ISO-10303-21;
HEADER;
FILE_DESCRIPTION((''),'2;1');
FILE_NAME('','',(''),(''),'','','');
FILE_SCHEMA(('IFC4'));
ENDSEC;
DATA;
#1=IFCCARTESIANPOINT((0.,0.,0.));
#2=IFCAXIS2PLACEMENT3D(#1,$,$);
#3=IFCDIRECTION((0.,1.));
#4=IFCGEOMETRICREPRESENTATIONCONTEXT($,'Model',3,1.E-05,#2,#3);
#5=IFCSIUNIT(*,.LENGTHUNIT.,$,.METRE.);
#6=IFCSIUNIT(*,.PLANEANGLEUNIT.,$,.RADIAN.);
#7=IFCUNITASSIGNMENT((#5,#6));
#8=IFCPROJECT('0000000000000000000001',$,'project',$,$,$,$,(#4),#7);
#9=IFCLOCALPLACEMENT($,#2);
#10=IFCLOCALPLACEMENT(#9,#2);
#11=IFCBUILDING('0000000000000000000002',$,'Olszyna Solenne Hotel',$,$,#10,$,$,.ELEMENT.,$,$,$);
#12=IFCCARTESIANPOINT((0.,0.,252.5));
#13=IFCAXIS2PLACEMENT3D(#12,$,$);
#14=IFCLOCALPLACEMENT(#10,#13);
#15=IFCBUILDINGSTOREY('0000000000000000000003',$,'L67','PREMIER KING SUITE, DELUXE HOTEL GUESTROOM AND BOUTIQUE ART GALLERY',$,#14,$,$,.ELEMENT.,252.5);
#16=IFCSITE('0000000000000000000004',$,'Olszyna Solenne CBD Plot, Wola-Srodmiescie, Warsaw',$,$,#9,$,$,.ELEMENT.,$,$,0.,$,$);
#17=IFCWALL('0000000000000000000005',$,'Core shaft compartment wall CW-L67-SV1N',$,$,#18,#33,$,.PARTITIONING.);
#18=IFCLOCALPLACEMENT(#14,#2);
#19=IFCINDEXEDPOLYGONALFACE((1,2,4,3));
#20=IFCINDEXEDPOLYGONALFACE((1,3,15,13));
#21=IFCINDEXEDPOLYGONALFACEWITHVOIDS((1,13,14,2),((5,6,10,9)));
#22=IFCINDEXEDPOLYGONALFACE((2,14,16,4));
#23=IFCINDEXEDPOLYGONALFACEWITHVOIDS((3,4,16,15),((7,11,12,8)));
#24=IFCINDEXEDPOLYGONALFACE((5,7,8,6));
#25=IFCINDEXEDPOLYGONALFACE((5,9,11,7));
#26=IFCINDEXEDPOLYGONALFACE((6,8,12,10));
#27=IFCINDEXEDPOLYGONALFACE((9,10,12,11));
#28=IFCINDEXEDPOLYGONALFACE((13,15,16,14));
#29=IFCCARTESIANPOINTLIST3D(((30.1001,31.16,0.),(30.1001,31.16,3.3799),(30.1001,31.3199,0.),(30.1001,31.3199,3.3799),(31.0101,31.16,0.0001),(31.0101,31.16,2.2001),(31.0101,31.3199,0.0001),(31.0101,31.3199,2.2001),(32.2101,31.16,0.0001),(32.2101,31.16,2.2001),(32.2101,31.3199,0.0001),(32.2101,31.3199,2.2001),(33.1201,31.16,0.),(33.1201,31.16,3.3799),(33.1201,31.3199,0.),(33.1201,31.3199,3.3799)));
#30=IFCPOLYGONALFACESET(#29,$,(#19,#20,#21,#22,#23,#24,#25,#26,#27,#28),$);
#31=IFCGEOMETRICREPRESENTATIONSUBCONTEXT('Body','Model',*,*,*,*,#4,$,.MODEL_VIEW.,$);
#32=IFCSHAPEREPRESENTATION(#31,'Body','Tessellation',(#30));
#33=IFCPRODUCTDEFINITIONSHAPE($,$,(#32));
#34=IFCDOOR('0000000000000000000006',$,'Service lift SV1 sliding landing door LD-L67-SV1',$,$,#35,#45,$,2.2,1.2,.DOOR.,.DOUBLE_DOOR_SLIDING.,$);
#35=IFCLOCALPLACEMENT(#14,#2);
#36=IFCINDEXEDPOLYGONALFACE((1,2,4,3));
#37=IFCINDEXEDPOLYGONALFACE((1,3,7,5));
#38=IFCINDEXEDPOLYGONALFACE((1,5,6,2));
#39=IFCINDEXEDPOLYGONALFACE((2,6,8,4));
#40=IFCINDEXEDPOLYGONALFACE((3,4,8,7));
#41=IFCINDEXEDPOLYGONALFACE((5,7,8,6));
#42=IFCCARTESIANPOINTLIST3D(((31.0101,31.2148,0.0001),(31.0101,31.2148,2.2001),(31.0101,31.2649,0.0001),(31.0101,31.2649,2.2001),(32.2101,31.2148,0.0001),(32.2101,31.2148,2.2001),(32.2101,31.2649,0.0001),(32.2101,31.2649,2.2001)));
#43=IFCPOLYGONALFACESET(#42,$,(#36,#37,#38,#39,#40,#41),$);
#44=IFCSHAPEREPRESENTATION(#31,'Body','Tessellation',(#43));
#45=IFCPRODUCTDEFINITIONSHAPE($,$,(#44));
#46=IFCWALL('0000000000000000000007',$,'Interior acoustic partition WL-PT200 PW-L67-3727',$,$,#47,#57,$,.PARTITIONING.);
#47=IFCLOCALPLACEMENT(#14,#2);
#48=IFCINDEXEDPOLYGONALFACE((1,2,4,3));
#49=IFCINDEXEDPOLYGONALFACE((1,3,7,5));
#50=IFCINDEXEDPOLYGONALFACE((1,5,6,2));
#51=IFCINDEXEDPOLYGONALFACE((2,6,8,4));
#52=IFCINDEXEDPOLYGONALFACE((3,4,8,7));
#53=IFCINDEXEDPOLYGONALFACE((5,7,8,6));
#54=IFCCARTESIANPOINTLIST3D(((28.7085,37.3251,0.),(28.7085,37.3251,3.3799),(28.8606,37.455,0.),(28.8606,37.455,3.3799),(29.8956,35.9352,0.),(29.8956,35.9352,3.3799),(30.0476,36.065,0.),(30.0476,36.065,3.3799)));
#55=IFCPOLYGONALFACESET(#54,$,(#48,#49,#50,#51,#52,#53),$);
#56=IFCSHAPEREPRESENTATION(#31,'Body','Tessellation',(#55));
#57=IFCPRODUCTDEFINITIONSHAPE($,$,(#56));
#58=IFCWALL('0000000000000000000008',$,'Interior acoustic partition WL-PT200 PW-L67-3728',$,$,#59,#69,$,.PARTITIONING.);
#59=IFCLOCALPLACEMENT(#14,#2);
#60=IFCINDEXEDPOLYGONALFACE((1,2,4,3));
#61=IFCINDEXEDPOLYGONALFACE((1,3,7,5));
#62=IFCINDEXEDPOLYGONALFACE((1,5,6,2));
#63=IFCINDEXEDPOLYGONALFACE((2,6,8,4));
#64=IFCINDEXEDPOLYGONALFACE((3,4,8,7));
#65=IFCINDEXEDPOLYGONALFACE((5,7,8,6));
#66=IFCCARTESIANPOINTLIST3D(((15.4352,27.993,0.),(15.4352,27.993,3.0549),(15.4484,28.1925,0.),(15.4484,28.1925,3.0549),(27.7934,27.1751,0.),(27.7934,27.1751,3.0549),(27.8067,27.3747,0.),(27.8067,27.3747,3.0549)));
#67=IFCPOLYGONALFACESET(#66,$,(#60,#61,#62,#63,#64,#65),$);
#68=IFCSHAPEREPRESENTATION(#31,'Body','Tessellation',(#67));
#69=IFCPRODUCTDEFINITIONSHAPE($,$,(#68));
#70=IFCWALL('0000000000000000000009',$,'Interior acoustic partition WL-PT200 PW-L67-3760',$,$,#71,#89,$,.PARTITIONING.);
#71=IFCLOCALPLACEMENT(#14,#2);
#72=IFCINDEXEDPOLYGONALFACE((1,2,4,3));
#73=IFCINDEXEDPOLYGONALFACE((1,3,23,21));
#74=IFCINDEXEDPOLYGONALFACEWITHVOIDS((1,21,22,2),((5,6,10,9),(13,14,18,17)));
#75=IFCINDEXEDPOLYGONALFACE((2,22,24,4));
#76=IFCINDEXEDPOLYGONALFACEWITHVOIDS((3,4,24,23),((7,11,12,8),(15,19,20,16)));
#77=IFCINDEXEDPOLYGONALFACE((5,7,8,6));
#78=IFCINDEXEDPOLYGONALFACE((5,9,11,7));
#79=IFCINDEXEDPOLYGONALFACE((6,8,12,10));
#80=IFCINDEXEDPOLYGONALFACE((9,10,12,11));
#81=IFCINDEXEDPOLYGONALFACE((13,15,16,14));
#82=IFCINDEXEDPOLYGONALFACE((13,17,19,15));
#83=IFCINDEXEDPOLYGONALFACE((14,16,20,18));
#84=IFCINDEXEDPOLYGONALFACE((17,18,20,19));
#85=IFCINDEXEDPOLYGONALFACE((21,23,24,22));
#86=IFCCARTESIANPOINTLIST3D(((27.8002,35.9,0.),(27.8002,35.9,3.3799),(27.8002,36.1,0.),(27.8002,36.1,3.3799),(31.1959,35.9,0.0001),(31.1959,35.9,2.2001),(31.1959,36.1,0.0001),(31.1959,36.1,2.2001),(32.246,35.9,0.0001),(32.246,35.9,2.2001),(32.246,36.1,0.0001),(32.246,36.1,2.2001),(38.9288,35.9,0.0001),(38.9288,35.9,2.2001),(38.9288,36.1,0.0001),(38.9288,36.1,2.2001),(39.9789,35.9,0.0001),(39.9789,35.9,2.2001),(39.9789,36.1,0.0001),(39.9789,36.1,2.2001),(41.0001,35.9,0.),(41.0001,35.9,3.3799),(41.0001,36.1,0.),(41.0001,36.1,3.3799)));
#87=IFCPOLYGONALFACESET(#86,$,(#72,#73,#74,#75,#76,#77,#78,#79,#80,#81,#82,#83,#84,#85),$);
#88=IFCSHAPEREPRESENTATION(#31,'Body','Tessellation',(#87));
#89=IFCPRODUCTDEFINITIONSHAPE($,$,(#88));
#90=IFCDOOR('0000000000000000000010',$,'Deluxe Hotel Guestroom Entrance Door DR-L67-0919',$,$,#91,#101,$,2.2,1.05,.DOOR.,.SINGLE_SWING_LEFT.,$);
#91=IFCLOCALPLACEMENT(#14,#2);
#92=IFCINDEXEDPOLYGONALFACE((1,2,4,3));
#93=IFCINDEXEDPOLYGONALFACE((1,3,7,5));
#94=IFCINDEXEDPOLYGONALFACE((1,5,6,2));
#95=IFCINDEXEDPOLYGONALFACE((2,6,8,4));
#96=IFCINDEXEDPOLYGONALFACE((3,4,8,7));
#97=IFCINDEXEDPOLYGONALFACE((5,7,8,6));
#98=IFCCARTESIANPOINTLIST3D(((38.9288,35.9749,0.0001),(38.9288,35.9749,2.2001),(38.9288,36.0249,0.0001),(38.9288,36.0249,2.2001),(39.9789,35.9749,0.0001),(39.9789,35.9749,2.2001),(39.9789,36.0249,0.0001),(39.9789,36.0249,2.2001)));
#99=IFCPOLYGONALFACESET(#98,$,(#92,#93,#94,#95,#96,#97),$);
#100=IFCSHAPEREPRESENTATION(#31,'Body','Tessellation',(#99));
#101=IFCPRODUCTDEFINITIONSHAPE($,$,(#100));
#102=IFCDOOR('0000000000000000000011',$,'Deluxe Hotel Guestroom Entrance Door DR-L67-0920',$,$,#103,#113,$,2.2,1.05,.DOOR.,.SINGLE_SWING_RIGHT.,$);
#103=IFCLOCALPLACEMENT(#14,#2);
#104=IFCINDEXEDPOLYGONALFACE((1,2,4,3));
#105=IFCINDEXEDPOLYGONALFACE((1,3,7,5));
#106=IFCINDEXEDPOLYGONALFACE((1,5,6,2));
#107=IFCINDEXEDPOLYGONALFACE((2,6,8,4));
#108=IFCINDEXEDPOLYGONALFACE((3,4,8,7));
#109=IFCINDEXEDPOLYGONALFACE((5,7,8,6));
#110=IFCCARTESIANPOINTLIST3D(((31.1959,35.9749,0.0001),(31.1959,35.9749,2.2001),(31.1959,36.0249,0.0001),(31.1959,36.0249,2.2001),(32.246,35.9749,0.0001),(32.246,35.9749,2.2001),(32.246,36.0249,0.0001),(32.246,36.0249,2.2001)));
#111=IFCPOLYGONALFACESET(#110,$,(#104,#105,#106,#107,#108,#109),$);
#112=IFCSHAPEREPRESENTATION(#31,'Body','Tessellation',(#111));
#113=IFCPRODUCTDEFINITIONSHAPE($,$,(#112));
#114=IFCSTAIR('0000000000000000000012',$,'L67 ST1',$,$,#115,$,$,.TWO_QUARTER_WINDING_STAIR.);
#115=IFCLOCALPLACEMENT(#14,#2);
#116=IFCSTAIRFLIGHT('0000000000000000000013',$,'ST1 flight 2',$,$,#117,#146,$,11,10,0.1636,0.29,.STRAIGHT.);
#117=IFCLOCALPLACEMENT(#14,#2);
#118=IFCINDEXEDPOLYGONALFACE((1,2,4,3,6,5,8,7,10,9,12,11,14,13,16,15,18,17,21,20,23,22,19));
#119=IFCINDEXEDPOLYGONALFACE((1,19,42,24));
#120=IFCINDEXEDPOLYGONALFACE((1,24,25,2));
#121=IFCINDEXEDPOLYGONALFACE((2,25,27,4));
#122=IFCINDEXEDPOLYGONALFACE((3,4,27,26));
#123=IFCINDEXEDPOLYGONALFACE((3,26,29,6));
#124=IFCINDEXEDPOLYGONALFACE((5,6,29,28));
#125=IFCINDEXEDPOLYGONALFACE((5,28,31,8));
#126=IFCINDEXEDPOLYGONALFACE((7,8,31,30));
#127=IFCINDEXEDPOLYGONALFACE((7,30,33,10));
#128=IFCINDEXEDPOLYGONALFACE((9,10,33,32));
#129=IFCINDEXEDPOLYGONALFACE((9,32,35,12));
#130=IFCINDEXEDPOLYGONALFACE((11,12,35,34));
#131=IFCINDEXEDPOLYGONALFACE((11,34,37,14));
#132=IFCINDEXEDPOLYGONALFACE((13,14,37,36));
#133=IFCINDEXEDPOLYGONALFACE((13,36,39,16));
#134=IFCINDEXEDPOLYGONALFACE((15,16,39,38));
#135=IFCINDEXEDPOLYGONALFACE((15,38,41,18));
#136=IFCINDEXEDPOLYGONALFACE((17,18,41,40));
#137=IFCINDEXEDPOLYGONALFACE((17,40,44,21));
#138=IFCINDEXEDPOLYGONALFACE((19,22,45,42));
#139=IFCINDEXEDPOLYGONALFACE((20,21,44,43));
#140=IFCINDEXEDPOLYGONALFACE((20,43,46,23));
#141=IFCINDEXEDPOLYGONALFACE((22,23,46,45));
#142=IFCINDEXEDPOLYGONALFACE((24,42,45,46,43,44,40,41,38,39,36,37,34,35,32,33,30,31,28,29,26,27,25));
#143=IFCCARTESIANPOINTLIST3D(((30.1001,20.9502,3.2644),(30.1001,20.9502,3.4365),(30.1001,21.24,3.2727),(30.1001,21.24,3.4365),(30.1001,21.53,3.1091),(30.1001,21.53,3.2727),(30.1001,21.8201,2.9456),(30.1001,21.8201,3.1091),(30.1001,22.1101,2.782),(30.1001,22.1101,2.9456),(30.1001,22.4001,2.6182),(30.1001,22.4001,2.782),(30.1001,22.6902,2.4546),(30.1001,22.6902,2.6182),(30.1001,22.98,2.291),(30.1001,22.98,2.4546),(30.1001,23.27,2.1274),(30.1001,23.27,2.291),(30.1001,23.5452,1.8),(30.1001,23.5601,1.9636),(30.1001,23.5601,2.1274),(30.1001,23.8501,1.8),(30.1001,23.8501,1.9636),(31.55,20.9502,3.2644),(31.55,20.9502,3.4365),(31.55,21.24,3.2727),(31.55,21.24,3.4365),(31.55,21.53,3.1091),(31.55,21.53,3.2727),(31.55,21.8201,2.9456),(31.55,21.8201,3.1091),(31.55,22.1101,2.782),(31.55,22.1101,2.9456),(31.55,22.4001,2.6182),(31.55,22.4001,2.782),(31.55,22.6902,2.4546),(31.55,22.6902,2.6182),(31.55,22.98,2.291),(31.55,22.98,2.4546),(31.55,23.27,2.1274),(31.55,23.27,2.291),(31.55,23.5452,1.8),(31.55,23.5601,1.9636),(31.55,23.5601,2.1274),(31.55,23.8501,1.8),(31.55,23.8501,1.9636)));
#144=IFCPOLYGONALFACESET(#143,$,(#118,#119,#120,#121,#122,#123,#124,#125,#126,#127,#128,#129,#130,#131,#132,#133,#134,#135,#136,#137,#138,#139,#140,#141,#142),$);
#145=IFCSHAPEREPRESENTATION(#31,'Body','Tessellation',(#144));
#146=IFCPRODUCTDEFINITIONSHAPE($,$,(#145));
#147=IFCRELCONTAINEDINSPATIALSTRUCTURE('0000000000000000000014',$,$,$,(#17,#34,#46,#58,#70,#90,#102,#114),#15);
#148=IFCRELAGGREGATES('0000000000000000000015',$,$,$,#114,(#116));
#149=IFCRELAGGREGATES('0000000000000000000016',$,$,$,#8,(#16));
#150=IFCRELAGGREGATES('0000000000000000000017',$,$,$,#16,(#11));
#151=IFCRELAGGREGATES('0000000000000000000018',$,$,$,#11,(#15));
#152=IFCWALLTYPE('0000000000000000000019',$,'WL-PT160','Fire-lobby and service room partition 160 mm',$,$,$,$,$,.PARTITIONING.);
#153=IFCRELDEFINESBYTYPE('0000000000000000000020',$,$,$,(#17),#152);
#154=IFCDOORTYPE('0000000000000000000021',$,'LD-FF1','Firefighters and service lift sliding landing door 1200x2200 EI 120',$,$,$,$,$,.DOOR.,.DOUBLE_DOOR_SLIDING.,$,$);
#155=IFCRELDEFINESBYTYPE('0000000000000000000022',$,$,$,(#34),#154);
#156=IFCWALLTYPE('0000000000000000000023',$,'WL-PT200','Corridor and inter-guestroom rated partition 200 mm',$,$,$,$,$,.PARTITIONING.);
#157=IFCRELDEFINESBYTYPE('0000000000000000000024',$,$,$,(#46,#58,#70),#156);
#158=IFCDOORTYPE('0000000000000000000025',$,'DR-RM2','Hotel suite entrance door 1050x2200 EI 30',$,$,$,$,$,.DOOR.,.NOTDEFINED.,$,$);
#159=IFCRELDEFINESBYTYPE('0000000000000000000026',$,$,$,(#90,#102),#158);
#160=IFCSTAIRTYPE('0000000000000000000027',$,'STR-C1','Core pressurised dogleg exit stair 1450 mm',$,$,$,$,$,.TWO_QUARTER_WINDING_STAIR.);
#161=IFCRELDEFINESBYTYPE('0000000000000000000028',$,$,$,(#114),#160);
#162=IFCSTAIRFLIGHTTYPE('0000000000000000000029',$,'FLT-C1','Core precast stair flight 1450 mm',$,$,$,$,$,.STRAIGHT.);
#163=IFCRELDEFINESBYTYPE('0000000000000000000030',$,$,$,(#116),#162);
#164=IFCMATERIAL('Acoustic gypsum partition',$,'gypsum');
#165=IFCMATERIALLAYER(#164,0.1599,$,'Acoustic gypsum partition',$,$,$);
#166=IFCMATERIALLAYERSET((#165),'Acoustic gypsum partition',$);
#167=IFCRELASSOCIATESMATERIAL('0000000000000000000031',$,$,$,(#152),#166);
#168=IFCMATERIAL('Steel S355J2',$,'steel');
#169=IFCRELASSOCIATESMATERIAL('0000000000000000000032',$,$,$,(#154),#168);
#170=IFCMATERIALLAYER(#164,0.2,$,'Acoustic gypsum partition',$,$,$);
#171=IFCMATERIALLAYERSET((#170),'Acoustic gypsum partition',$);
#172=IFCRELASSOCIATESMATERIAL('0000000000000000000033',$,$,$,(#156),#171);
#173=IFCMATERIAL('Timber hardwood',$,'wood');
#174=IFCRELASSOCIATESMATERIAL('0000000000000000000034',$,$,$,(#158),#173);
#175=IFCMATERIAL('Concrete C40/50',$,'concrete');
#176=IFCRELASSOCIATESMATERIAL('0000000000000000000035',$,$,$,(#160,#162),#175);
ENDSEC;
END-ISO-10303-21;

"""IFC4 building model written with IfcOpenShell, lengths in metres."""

from ifc_helpers import new_model, si_unit, direction, frame, frame_2d, origin, place, context, subcontext, project, spatial, polyline, rectangle, outline, extrude, source, transform, mapped, material, layer, layer_set, type_object, type_shapes, element, fill, aggregate, save


model = new_model("IFC4")

# Units and contexts
model_context = context("Model", 3, precision=1e-05, world=origin(), true_north=direction((0.0, 1.0)))
body_context = subcontext(model_context, "Body", "Model", "MODEL_VIEW")
ifc_project = project(units=[si_unit("LENGTHUNIT", "METRE"), si_unit("PLANEANGLEUNIT", "RADIAN")], contexts=[model_context])

# Site, building, storey
site_placement = place(None, origin())
site = spatial("IfcSite", under=ifc_project, at=site_placement, Name="Olszyna Solenne CBD Plot, Wola-Srodmiescie, Warsaw", CompositionType="ELEMENT", RefElevation=0.0)
building_placement = place(site_placement, origin())
building = spatial("IfcBuilding", under=site, at=building_placement, Name="Olszyna Solenne Hotel", CompositionType="ELEMENT")
storey_placement = place(building_placement, frame((0.0, 0.0, 252.5)))
storey = spatial("IfcBuildingStorey", under=building, at=storey_placement, Name="L67", Description="PREMIER KING SUITE, DELUXE HOTEL GUESTROOM AND BOUTIQUE ART GALLERY", CompositionType="ELEMENT", Elevation=252.5)

# Shared definitions
ifc_material_1 = material(Name="Steel S355J2", Category="steel")

# Shared definitions
ifc_material_2 = material(Name="Acoustic gypsum partition", Category="gypsum")
ifc_layer_1 = layer(ifc_material_2, 0.1599, Name="Acoustic gypsum partition")
ifc_layer_set_1 = layer_set([ifc_layer_1], Name="Acoustic gypsum partition")
wall_type_1 = type_object("IfcWallType", Name="WL-PT160", Description="Fire-lobby and service room partition 160 mm", PredefinedType="PARTITIONING", material=ifc_layer_set_1)

# Wall, opening, door
wall_1_placement = place(storey_placement, frame((30.1001, 31.24, 0.0), z_axis=(0.0, 0.0, 1.0), x_axis=(1.0, 0.0, 0.0)))
wall_1 = element("IfcWall", 1, at=wall_1_placement, inside=storey, type_object=wall_type_1, Name="Core shaft compartment wall CW-L67-SV1N", PredefinedType="PARTITIONING", context=body_context, shape_type="SweptSolid", body=[
    extrude(rectangle(XDim=3.02, YDim=0.1599, at=frame_2d((1.51, 0.0))), origin(), (0.0, 0.0, 1.0), 3.3799),
])
opening_1_placement = place(wall_1_placement, frame((0.9099, 0.0, 0.0)))
opening_1 = element("IfcOpeningElement", 2, at=opening_1_placement, cuts=wall_1, PredefinedType="OPENING", context=body_context, shape_type="SweptSolid", body=[
    extrude(rectangle(XDim=1.2, YDim=2.2, at=frame_2d((0.6001, 1.1001))), frame((0.0, 0.0898, 0.0), z_axis=(0.0, -1.0, 0.0), x_axis=(1.0, 0.0, 0.0)), (0.0, 0.0, 1.0), 0.1799),
])
door_type_1 = type_object("IfcDoorType", Name="LD-FF1", Description="Firefighters and service lift sliding landing door 1200x2200 EI 120", OperationType="DOUBLE_DOOR_SLIDING", PredefinedType="DOOR", material=ifc_material_1)
shared_shape_1 = source(origin(), body_context, "Body", "SweptSolid", [
    extrude(rectangle(XDim=1.2, YDim=2.2, at=frame_2d((0.6001, 1.1001))), frame((0.0, 0.0249, 0.0), z_axis=(0.0, -1.0, 0.0), x_axis=(1.0, 0.0, 0.0)), (0.0, 0.0, 1.0), 0.05),
])
type_shapes(door_type_1, [shared_shape_1])
door_1_placement = place(opening_1_placement, origin())
door_1 = element("IfcDoor", 3, at=door_1_placement, inside=storey, type_object=door_type_1, Name="Service lift SV1 sliding landing door LD-L67-SV1", OperationType="DOUBLE_DOOR_SLIDING", OverallHeight=2.2, OverallWidth=1.2, PredefinedType="DOOR", context=body_context, shape_type="MappedRepresentation", body=[
    mapped(shared_shape_1, transform((0.0, 0.0, 0.0), x_axis=(1.0, 0.0, 0.0), y_axis=(0.0, 1.0, 0.0), z_axis=(0.0, 0.0, 1.0), scale=1.0)),
])
fill(opening_1, door_1)

# Walls
ifc_layer_2 = layer(ifc_material_2, 0.2, Name="Acoustic gypsum partition")
ifc_layer_set_2 = layer_set([ifc_layer_2], Name="Acoustic gypsum partition")
wall_type_2 = type_object("IfcWallType", Name="WL-PT200", Description="Corridor and inter-guestroom rated partition 200 mm", PredefinedType="PARTITIONING", material=ifc_layer_set_2)
wall_2_placement = place(storey_placement, frame((29.9717, 36.0, 0.0), z_axis=(0.0, 0.0, 1.0), x_axis=(-0.649426, 0.760425, 0.0)))
element("IfcWall", 4, at=wall_2_placement, inside=storey, type_object=wall_type_2, Name="Interior acoustic partition WL-PT200 PW-L67-3727", PredefinedType="PARTITIONING", context=body_context, shape_type="SweptSolid", body=[
    extrude(rectangle(XDim=1.8279, YDim=0.2, at=frame_2d((0.9141, 0.0))), origin(), (0.0, 0.0, 1.0), 3.3799),
])
wall_3_placement = place(storey_placement, frame((27.8, 27.2749, 0.0), z_axis=(0.0, 0.0, 1.0), x_axis=(-0.997817, 0.066036, 0.0)))
element("IfcWall", 5, at=wall_3_placement, inside=storey, type_object=wall_type_2, Name="Interior acoustic partition WL-PT200 PW-L67-3728", PredefinedType="PARTITIONING", context=body_context, shape_type="SweptSolid", body=[
    extrude(rectangle(XDim=12.3853, YDim=0.2, at=frame_2d((6.1926, 0.0))), origin(), (0.0, 0.0, 1.0), 3.0549),
])

# Wall, openings, doors
wall_4_placement = place(storey_placement, frame((27.8, 36.0, 0.0), z_axis=(0.0, 0.0, 1.0), x_axis=(1.0, 0.0, 0.0)))
wall_4 = element("IfcWall", 6, at=wall_4_placement, inside=storey, type_object=wall_type_2, Name="Interior acoustic partition WL-PT200 PW-L67-3760", PredefinedType="PARTITIONING", context=body_context, shape_type="SweptSolid", body=[
    extrude(rectangle(XDim=13.2, YDim=0.2, at=frame_2d((6.6001, 0.0))), origin(), (0.0, 0.0, 1.0), 3.3799),
])
opening_2_placement = place(wall_4_placement, frame((11.1289, 0.0, 0.0)))
opening_2 = element("IfcOpeningElement", 7, at=opening_2_placement, cuts=wall_4, PredefinedType="OPENING", context=body_context, shape_type="SweptSolid", body=[
    extrude(rectangle(XDim=1.05, YDim=2.2, at=frame_2d((0.5249, 1.1001))), frame((0.0, 0.1099, 0.0), z_axis=(0.0, -1.0, 0.0), x_axis=(1.0, 0.0, 0.0)), (0.0, 0.0, 1.0), 0.22),
])
opening_3_placement = place(wall_4_placement, frame((3.396, 0.0, 0.0)))
opening_3 = element("IfcOpeningElement", 8, at=opening_3_placement, cuts=wall_4, PredefinedType="OPENING", context=body_context, shape_type="SweptSolid", body=[
    extrude(rectangle(XDim=1.05, YDim=2.2, at=frame_2d((0.5249, 1.1001))), frame((0.0, 0.1099, 0.0), z_axis=(0.0, -1.0, 0.0), x_axis=(1.0, 0.0, 0.0)), (0.0, 0.0, 1.0), 0.22),
])
ifc_material_3 = material(Name="Timber hardwood", Category="wood")
door_type_2 = type_object("IfcDoorType", Name="DR-RM2", Description="Hotel suite entrance door 1050x2200 EI 30", OperationType="NOTDEFINED", PredefinedType="DOOR", material=ifc_material_3)
shared_shape_2 = source(origin(), body_context, "Body", "SweptSolid", [
    extrude(rectangle(XDim=1.05, YDim=2.2, at=frame_2d((0.5249, 1.1001))), frame((0.0, 0.0249, 0.0), z_axis=(0.0, -1.0, 0.0), x_axis=(1.0, 0.0, 0.0)), (0.0, 0.0, 1.0), 0.05),
])
type_shapes(door_type_2, [shared_shape_2])
door_2_placement = place(opening_2_placement, origin())
door_2 = element("IfcDoor", 9, at=door_2_placement, inside=storey, type_object=door_type_2, Name="Deluxe Hotel Guestroom Entrance Door DR-L67-0919", OperationType="SINGLE_SWING_LEFT", OverallHeight=2.2, OverallWidth=1.05, PredefinedType="DOOR", context=body_context, shape_type="MappedRepresentation", body=[
    mapped(shared_shape_2, transform((0.0, 0.0, 0.0), x_axis=(1.0, 0.0, 0.0), y_axis=(0.0, 1.0, 0.0), z_axis=(0.0, 0.0, 1.0), scale=1.0)),
])
fill(opening_2, door_2)
door_3_placement = place(opening_3_placement, origin())
door_3 = element("IfcDoor", 10, at=door_3_placement, inside=storey, type_object=door_type_2, Name="Deluxe Hotel Guestroom Entrance Door DR-L67-0920", OperationType="SINGLE_SWING_RIGHT", OverallHeight=2.2, OverallWidth=1.05, PredefinedType="DOOR", context=body_context, shape_type="MappedRepresentation", body=[
    mapped(shared_shape_2, transform((0.0, 0.0, 0.0), x_axis=(1.0, 0.0, 0.0), y_axis=(0.0, 1.0, 0.0), z_axis=(0.0, 0.0, 1.0), scale=1.0)),
])
fill(opening_3, door_3)

# Stair, stair flight
ifc_material_4 = material(Name="Concrete C40/50", Category="concrete")
stair_type = type_object("IfcStairType", Name="STR-C1", Description="Core pressurised dogleg exit stair 1450 mm", PredefinedType="TWO_QUARTER_WINDING_STAIR", material=ifc_material_4)
stair_placement = place(storey_placement, origin())
stair = element("IfcStair", 11, at=stair_placement, inside=storey, type_object=stair_type, Name="L67 ST1", PredefinedType="TWO_QUARTER_WINDING_STAIR")
stair_flight_type = type_object("IfcStairFlightType", Name="FLT-C1", Description="Core precast stair flight 1450 mm", PredefinedType="STRAIGHT", material=ifc_material_4)
stair_flight_placement = place(storey_placement, frame((30.825, 23.8501, 1.8), z_axis=(0.0, 0.0, 1.0), x_axis=(0.0, -1.0, 0.0)))
stair_flight = element("IfcStairFlight", 12, at=stair_flight_placement, type_object=stair_flight_type, Name="ST1 flight 2", NumberOfRisers=11, NumberOfTreads=10, PredefinedType="STRAIGHT", RiserHeight=0.1636, TreadLength=0.29, context=body_context, shape_type="SweptSolid", body=[
    extrude(outline(polyline([(0.0, 0.0), (0.0, 0.1636), (0.29, 0.1636), (0.29, 0.3274), (0.5801, 0.3274), (0.5801, 0.491), (0.8701, 0.491), (0.8701, 0.6545), (1.1599, 0.6545), (1.1599, 0.8181), (1.45, 0.8181), (1.45, 0.9819), (1.74, 0.9819), (1.74, 1.1455), (2.03, 1.1455), (2.03, 1.3091), (2.3201, 1.3091), (2.3201, 1.4727), (2.6101, 1.4727), (2.6101, 1.6365), (2.8999, 1.6365), (2.8999, 1.8), (2.8999, 1.4644), (0.3049, 0.0), (0.0, 0.0)])), frame((0.0, 0.7251, 0.0), z_axis=(0.0, -1.0, 0.0), x_axis=(1.0, 0.0, 0.0)), (0.0, 0.0, 1.0), 1.45),
])
aggregate(stair, [stair_flight])

save(model, "model.ifc")
